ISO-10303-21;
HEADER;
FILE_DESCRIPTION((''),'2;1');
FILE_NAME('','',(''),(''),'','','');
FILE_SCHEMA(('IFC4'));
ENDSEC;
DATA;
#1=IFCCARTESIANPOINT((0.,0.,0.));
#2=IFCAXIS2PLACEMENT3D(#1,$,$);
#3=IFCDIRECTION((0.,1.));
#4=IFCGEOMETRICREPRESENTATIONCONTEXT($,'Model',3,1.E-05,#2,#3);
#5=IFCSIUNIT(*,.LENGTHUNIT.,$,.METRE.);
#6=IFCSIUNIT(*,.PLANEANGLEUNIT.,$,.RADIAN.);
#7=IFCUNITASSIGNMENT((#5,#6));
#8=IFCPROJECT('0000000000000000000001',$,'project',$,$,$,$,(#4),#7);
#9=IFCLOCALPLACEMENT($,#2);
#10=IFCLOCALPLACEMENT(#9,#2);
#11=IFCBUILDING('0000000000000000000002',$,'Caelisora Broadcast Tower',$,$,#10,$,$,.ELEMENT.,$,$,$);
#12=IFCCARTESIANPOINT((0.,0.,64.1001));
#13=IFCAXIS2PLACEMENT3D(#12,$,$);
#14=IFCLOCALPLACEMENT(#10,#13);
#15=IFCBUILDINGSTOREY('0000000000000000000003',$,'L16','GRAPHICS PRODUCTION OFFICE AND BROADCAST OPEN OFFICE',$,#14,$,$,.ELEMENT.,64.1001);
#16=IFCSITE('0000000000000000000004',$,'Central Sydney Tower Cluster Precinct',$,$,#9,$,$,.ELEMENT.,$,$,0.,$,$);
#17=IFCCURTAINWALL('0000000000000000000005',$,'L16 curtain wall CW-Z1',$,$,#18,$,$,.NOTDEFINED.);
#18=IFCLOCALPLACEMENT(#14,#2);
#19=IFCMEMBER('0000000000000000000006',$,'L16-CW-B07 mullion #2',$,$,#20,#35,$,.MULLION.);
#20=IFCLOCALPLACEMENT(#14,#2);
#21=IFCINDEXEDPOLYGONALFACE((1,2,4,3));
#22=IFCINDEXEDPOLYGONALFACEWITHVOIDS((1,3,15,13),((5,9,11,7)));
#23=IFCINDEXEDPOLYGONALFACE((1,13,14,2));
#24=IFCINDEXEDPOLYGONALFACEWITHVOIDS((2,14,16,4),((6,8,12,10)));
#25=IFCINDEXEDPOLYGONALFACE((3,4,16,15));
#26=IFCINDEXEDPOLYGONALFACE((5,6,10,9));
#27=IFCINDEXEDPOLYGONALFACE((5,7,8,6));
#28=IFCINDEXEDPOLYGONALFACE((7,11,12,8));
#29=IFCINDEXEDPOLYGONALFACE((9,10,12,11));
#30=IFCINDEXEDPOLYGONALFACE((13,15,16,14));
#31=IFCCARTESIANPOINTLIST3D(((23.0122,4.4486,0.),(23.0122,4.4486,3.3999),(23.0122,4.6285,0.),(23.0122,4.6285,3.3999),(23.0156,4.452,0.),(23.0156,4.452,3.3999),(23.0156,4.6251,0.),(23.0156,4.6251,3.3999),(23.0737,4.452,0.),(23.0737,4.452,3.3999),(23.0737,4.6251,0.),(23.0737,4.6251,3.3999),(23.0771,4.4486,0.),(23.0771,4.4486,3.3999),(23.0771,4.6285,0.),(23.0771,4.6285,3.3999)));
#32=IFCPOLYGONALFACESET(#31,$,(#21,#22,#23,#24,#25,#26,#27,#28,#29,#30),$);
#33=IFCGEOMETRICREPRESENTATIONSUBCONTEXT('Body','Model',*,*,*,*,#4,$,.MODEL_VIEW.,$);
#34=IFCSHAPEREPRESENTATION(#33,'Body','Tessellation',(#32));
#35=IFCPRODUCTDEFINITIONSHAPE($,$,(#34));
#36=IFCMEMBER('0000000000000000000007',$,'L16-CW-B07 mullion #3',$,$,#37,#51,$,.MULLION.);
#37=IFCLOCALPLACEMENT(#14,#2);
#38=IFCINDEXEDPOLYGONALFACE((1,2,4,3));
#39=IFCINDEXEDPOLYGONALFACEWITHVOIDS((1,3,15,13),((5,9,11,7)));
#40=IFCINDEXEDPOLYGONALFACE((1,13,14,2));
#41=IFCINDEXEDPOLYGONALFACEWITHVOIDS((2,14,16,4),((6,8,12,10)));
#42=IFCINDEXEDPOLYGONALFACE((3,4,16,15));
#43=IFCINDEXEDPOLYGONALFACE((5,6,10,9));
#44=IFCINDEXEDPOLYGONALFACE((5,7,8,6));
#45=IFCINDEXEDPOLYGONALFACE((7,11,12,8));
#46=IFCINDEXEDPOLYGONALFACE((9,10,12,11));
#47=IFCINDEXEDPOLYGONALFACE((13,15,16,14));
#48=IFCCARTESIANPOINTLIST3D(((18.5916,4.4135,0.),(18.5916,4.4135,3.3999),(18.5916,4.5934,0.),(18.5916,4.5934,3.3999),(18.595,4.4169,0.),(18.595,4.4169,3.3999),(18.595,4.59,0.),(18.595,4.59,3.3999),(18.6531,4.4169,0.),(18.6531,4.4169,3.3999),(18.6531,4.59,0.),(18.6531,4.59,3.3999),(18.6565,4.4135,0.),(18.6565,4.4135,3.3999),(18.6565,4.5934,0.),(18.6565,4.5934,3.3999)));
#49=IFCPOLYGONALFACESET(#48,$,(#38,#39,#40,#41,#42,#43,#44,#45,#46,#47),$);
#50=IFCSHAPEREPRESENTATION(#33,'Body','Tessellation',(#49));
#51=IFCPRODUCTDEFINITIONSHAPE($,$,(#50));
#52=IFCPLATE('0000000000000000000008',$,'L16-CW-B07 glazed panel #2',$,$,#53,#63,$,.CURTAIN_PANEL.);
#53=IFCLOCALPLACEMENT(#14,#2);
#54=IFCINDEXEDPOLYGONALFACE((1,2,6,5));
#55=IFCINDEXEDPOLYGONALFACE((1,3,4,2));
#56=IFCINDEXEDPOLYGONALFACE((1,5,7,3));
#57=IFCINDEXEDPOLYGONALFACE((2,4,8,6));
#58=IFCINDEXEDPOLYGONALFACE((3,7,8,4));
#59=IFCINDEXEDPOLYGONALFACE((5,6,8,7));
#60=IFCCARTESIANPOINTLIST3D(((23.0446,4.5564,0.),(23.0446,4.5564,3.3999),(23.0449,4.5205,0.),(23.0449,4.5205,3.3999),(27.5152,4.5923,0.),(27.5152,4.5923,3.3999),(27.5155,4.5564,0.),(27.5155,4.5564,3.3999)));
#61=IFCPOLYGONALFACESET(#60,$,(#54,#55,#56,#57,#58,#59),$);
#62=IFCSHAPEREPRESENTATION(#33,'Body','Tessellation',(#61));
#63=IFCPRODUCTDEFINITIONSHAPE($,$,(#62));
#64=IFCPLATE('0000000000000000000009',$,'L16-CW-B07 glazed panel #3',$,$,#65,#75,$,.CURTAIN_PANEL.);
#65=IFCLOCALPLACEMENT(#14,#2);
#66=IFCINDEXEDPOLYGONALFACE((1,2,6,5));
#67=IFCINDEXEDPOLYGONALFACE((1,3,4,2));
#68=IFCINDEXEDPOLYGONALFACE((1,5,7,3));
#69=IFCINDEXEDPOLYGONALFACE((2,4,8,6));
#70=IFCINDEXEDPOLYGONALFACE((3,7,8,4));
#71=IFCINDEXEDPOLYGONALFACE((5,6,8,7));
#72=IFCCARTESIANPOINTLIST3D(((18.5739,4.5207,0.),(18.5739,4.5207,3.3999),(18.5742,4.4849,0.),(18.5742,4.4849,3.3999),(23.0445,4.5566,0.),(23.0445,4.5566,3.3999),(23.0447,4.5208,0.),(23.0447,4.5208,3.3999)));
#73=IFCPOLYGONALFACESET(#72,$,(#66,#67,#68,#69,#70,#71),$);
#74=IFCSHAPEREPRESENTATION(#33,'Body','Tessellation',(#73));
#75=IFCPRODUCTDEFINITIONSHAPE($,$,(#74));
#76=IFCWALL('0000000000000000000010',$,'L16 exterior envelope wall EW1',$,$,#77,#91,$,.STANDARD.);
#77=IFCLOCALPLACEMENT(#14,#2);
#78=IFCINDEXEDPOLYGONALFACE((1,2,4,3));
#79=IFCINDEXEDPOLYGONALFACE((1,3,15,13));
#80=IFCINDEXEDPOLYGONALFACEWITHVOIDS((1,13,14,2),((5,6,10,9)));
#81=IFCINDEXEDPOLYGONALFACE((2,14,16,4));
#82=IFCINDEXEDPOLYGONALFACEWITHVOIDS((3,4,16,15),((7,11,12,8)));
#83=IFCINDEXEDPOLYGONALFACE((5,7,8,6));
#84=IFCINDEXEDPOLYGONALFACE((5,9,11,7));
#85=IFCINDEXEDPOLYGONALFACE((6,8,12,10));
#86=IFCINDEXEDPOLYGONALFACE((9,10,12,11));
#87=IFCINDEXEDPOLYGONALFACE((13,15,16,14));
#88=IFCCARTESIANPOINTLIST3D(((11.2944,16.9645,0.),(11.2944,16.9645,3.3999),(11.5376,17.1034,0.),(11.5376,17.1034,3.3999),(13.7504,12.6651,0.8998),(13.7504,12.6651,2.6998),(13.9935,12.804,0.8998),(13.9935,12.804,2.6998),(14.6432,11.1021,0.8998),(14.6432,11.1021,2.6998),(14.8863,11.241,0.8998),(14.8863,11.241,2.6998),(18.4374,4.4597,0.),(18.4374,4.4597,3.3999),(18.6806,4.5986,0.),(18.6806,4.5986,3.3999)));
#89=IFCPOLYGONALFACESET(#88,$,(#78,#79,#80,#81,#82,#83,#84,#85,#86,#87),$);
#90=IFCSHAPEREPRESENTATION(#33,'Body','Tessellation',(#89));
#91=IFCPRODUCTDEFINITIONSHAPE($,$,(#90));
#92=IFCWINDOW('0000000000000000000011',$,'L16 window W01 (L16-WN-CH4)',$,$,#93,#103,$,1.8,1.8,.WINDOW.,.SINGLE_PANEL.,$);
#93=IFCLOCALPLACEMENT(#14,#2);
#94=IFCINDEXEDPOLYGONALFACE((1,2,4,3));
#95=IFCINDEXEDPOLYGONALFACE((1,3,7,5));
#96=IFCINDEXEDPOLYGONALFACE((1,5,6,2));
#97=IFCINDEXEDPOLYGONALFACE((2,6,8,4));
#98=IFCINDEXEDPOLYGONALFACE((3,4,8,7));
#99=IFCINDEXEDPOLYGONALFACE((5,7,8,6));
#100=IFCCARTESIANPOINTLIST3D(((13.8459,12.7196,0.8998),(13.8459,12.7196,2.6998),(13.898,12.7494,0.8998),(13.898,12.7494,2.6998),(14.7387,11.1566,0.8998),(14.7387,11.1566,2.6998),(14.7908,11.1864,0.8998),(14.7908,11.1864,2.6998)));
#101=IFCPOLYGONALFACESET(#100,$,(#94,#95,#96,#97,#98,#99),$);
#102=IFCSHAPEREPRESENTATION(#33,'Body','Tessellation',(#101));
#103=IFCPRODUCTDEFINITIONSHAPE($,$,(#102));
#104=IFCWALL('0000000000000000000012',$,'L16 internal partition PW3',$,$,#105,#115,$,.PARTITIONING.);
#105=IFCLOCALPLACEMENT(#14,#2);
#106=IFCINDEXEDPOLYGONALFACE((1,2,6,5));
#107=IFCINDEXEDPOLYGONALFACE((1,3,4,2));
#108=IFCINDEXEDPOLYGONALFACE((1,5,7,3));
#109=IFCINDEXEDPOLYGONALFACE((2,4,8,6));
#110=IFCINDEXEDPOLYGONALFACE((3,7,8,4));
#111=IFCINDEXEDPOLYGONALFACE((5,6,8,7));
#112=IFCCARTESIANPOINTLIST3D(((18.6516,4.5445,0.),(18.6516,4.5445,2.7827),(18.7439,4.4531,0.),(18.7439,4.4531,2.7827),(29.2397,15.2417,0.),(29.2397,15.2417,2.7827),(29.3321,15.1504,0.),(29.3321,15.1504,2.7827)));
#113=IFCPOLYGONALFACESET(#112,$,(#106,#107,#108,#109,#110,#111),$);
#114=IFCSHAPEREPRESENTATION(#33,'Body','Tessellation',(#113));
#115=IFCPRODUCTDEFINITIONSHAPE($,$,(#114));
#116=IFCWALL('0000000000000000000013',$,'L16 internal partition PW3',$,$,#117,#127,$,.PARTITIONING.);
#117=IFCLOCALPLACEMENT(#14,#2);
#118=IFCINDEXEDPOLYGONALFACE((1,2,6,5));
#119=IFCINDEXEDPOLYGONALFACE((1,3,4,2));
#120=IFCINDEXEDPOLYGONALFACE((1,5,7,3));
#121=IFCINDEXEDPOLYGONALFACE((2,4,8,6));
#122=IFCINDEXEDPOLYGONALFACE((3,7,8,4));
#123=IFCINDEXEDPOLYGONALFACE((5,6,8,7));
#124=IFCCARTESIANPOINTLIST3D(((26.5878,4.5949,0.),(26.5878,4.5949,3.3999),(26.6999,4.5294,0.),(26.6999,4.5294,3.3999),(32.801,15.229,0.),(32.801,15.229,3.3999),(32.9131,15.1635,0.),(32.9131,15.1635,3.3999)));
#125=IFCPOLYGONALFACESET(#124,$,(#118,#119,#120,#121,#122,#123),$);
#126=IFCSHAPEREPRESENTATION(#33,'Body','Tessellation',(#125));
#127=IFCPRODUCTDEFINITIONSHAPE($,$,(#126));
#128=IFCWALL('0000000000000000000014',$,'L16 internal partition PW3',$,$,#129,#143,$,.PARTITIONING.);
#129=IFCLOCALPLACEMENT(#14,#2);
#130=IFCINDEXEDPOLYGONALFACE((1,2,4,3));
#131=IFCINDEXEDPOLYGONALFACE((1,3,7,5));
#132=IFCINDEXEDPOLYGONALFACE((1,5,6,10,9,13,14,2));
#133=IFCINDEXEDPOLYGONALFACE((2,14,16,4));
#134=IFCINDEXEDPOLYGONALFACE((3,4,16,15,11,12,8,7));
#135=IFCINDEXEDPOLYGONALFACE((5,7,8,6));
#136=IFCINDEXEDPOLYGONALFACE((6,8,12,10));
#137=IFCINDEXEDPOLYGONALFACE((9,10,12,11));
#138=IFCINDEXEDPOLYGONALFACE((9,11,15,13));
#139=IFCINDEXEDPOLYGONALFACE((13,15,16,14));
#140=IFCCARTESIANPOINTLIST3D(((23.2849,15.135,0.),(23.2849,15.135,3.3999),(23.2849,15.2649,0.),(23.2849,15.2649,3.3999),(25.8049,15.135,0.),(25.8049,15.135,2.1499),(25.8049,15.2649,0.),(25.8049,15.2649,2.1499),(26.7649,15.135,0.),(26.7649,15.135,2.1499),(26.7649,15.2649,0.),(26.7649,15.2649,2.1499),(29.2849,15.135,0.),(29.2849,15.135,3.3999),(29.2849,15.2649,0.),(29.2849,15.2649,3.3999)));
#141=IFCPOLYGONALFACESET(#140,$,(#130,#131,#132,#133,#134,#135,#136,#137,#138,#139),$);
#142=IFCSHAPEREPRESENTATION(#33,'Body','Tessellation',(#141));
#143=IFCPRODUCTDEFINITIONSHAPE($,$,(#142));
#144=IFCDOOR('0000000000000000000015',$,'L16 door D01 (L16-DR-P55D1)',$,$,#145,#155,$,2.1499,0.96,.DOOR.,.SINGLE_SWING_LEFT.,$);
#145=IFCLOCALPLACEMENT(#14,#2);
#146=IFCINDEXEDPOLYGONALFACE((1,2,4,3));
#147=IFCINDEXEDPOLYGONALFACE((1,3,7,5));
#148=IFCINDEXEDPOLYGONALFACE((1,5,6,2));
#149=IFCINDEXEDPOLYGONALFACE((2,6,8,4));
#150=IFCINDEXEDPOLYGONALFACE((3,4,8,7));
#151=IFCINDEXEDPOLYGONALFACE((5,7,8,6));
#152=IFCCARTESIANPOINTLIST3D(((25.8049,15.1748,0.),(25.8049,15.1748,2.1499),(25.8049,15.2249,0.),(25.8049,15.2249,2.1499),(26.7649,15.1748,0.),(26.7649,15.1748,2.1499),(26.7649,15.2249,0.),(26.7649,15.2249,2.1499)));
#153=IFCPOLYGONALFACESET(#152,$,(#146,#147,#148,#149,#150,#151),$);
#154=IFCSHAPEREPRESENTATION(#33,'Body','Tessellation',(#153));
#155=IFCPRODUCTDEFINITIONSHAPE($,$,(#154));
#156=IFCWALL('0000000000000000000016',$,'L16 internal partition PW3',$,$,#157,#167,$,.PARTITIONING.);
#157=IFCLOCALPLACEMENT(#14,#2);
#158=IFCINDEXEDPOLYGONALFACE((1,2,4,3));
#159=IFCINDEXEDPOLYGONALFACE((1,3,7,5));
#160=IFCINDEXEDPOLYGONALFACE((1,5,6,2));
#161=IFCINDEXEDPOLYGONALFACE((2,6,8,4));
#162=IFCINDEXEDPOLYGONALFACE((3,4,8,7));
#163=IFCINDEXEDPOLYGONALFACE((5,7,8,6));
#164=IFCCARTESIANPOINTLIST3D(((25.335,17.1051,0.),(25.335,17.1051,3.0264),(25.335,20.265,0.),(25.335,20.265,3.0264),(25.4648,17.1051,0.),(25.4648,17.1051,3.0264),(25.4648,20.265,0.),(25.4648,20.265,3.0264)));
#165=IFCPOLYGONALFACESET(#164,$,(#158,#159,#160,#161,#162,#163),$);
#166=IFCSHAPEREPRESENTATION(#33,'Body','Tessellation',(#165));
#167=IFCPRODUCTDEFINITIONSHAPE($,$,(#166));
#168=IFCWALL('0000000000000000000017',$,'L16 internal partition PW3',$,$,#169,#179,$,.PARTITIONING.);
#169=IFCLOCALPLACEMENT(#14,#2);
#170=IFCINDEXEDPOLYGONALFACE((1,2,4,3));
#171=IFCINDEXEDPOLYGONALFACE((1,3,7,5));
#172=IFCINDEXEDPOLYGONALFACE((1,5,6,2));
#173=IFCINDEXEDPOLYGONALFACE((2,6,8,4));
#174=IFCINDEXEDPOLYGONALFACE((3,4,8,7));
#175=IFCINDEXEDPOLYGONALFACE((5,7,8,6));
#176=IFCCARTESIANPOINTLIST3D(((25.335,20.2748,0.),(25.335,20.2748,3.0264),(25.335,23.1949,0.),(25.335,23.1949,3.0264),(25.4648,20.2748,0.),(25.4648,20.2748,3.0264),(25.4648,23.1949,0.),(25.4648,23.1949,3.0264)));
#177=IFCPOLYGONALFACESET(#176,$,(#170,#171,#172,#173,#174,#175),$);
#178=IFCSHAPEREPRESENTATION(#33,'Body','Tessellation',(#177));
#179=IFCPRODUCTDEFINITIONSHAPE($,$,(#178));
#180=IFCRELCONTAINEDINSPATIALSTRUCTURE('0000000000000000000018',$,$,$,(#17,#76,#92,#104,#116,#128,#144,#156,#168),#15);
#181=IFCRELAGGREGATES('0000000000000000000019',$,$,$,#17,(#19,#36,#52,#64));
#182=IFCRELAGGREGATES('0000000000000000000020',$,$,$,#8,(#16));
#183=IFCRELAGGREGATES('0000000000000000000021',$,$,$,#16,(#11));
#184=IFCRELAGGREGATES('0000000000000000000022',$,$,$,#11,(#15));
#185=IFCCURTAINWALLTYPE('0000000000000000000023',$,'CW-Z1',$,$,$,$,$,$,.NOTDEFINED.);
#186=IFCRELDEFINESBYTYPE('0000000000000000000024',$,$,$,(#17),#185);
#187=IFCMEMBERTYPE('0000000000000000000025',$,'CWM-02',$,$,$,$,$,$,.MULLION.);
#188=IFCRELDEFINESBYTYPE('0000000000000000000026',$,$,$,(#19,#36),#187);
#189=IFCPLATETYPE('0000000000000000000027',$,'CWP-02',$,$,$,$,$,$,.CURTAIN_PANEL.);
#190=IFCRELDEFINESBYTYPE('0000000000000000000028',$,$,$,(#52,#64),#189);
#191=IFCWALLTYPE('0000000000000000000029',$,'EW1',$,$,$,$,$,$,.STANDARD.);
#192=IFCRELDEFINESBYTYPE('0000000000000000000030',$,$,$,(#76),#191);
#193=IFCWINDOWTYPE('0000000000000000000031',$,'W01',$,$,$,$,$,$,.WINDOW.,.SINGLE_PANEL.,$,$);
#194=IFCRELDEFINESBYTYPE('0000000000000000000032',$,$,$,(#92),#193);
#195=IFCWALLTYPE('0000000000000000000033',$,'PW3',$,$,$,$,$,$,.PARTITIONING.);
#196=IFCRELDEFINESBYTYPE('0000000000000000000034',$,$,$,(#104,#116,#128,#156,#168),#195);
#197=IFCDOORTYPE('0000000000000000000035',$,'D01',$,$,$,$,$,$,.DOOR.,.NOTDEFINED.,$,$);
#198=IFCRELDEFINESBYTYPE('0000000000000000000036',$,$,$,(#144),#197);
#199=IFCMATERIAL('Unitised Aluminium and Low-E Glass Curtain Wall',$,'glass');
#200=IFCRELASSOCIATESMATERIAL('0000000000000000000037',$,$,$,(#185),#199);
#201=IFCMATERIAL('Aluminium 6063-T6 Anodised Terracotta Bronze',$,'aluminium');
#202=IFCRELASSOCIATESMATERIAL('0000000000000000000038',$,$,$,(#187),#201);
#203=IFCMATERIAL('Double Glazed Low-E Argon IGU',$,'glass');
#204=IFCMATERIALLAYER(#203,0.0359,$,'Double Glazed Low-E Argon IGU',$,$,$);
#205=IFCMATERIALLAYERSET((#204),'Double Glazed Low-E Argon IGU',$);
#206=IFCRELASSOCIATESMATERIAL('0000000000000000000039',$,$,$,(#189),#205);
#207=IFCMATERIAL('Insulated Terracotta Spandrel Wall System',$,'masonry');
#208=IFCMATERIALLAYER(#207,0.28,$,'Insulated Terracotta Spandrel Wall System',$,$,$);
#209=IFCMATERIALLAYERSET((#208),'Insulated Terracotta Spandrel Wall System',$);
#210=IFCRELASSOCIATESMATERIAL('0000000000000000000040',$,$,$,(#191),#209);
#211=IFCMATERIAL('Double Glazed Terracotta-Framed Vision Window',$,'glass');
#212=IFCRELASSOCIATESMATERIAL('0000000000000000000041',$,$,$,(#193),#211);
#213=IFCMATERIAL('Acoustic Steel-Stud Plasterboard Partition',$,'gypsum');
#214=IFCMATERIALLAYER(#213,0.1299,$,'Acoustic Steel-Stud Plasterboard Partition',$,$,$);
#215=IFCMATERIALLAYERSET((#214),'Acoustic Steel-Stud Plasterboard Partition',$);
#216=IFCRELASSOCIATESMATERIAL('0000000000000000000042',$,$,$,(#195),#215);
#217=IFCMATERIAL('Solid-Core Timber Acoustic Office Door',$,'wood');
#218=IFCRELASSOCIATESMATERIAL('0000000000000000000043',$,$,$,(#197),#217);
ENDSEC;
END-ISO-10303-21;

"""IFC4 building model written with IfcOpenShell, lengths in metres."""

from ifc_helpers import new_model, si_unit, direction, frame, frame_2d, origin, origin_2d, place, context, subcontext, project, spatial, rectangle, hollow_rectangle, extrude, source, transform, mapped, material, layer, layer_set, material_profile, profile_set, type_object, type_shapes, element, fill, aggregate, save


model = new_model("IFC4")

# Units and contexts
model_context = context("Model", 3, precision=1e-05, world=origin(), true_north=direction((0.0, 1.0)))
body_context = subcontext(model_context, "Body", "Model", "MODEL_VIEW")
ifc_project = project(units=[si_unit("LENGTHUNIT", "METRE"), si_unit("PLANEANGLEUNIT", "RADIAN")], contexts=[model_context])

# Site, building, storey
site_placement = place(None, origin())
site = spatial("IfcSite", under=ifc_project, at=site_placement, Name="Central Sydney Tower Cluster Precinct", CompositionType="ELEMENT", RefElevation=0.0)
building_placement = place(site_placement, origin())
building = spatial("IfcBuilding", under=site, at=building_placement, Name="Caelisora Broadcast Tower", CompositionType="ELEMENT")
storey_placement = place(building_placement, frame((0.0, 0.0, 64.1001)))
storey = spatial("IfcBuildingStorey", under=building, at=storey_placement, Name="L16", Description="GRAPHICS PRODUCTION OFFICE AND BROADCAST OPEN OFFICE", CompositionType="ELEMENT", Elevation=64.1001)

# Curtain wall, members, plates
ifc_material_1 = material(Name="Unitised Aluminium and Low-E Glass Curtain Wall", Category="glass")
curtain_wall_type = type_object("IfcCurtainWallType", Name="CW-Z1", PredefinedType="NOTDEFINED", material=ifc_material_1)
curtain_wall_placement = place(storey_placement, origin())
curtain_wall = element("IfcCurtainWall", 1, at=curtain_wall_placement, inside=storey, type_object=curtain_wall_type, Name="L16 curtain wall CW-Z1", PredefinedType="NOTDEFINED")
ifc_material_2 = material(Name="Aluminium 6063-T6 Anodised Terracotta Bronze", Category="aluminium")
ifc_material_profile_1 = material_profile(ifc_material_2, hollow_rectangle(XDim=0.0649, YDim=0.1799, WallThickness=0.0034, at=origin_2d()), Name="Aluminium 6063-T6 Anodised Terracotta Bronze")
ifc_profile_set_1 = profile_set([ifc_material_profile_1], Name="Aluminium 6063-T6 Anodised Terracotta Bronze")
member_type = type_object("IfcMemberType", Name="CWM-02", PredefinedType="MULLION", material=ifc_profile_set_1)
shared_shape_1 = source(origin(), body_context, "Body", "SweptSolid", [
    extrude(hollow_rectangle(XDim=0.0649, YDim=0.1799, WallThickness=0.0034, at=origin_2d()), origin(), (0.0, 0.0, 1.0), 3.3999),
])
type_shapes(member_type, [shared_shape_1])
member_1_placement = place(storey_placement, frame((23.0447, 4.5386, 0.0), z_axis=(0.0, 0.0, 1.0), x_axis=(1.0, 0.0, 0.0)))
member_1 = element("IfcMember", 2, at=member_1_placement, type_object=member_type, Name="L16-CW-B07 mullion #2", PredefinedType="MULLION", context=body_context, shape_type="MappedRepresentation", body=[
    mapped(shared_shape_1, transform((0.0, 0.0, 0.0), scale=1.0)),
])
member_2_placement = place(storey_placement, frame((18.624, 4.5034, 0.0), z_axis=(0.0, 0.0, 1.0), x_axis=(1.0, 0.0, 0.0)))
member_2 = element("IfcMember", 3, at=member_2_placement, type_object=member_type, Name="L16-CW-B07 mullion #3", PredefinedType="MULLION", context=body_context, shape_type="MappedRepresentation", body=[
    mapped(shared_shape_1, transform((0.0, 0.0, 0.0), scale=1.0)),
])
ifc_material_3 = material(Name="Double Glazed Low-E Argon IGU", Category="glass")
ifc_layer_1 = layer(ifc_material_3, 0.0359, Name="Double Glazed Low-E Argon IGU")
ifc_layer_set_1 = layer_set([ifc_layer_1], Name="Double Glazed Low-E Argon IGU")
plate_type = type_object("IfcPlateType", Name="CWP-02", PredefinedType="CURTAIN_PANEL", material=ifc_layer_set_1)
shared_shape_2 = source(origin(), body_context, "Body", "SweptSolid", [
    extrude(rectangle(XDim=4.4707, YDim=0.0359, at=origin_2d()), origin(), (0.0, 0.0, 1.0), 3.3999),
])
type_shapes(plate_type, [shared_shape_2])
plate_1_placement = place(storey_placement, frame((25.28, 4.5564, 0.0), z_axis=(0.0, 0.0, 1.0), x_axis=(-0.999968, -0.008028, 0.0)))
plate_1 = element("IfcPlate", 4, at=plate_1_placement, type_object=plate_type, Name="L16-CW-B07 glazed panel #2", PredefinedType="CURTAIN_PANEL", context=body_context, shape_type="MappedRepresentation", body=[
    mapped(shared_shape_2, transform((0.0, 0.0, 0.0), scale=1.0)),
])
plate_2_placement = place(storey_placement, frame((20.8093, 4.5208, 0.0), z_axis=(0.0, 0.0, 1.0), x_axis=(-0.999968, -0.008028, 0.0)))
plate_2 = element("IfcPlate", 5, at=plate_2_placement, type_object=plate_type, Name="L16-CW-B07 glazed panel #3", PredefinedType="CURTAIN_PANEL", context=body_context, shape_type="MappedRepresentation", body=[
    mapped(shared_shape_2, transform((0.0, 0.0, 0.0), scale=1.0)),
])
aggregate(curtain_wall, [member_1, member_2, plate_1, plate_2])

# Wall, opening, window
ifc_material_4 = material(Name="Insulated Terracotta Spandrel Wall System", Category="masonry")
ifc_layer_2 = layer(ifc_material_4, 0.28, Name="Insulated Terracotta Spandrel Wall System")
ifc_layer_set_2 = layer_set([ifc_layer_2], Name="Insulated Terracotta Spandrel Wall System")
wall_type_1 = type_object("IfcWallType", Name="EW1", PredefinedType="STANDARD", material=ifc_layer_set_2)
wall_1_placement = place(storey_placement, frame((18.5591, 4.5291, 0.0), z_axis=(0.0, 0.0, 1.0), x_axis=(-0.496004, 0.86832, 0.0)))
wall_1 = element("IfcWall", 6, at=wall_1_placement, inside=storey, type_object=wall_type_1, Name="L16 exterior envelope wall EW1", PredefinedType="STANDARD", context=body_context, shape_type="SweptSolid", body=[
    extrude(rectangle(XDim=14.4011, YDim=0.28, at=frame_2d((7.2007, 0.0))), origin(), (0.0, 0.0, 1.0), 3.3999),
])
opening_1_placement = place(wall_1_placement, frame((7.6499, 0.0, 0.8999)))
opening_1 = element("IfcOpeningElement", 7, at=opening_1_placement, cuts=wall_1, PredefinedType="OPENING", context=body_context, shape_type="SweptSolid", body=[
    extrude(rectangle(XDim=1.8, YDim=1.8, at=frame_2d((0.8999, 0.8999))), frame((0.0, 0.1521, 0.0), z_axis=(0.0, -1.0, 0.0), x_axis=(1.0, 0.0, 0.0)), (0.0, 0.0, 1.0), 0.304),
])
ifc_material_5 = material(Name="Double Glazed Terracotta-Framed Vision Window", Category="glass")
window_type = type_object("IfcWindowType", Name="W01", PartitioningType="SINGLE_PANEL", PredefinedType="WINDOW", material=ifc_material_5)
window_placement = place(opening_1_placement, origin())
window = element("IfcWindow", 8, at=window_placement, inside=storey, type_object=window_type, Name="L16 window W01 (L16-WN-CH4)", OverallHeight=1.8, OverallWidth=1.8, PartitioningType="SINGLE_PANEL", PredefinedType="WINDOW", context=body_context, shape_type="SweptSolid", body=[
    extrude(rectangle(XDim=1.8, YDim=1.8, at=frame_2d((0.8999, 0.8999))), frame((0.0, 0.03, 0.0), z_axis=(0.0, -1.0, 0.0), x_axis=(1.0, 0.0, 0.0)), (0.0, 0.0, 1.0), 0.0601),
])
fill(opening_1, window)

# Walls
ifc_material_6 = material(Name="Acoustic Steel-Stud Plasterboard Partition", Category="gypsum")
ifc_layer_3 = layer(ifc_material_6, 0.1299, Name="Acoustic Steel-Stud Plasterboard Partition")
ifc_layer_set_3 = layer_set([ifc_layer_3], Name="Acoustic Steel-Stud Plasterboard Partition")
wall_type_2 = type_object("IfcWallType", Name="PW3", PredefinedType="PARTITIONING", material=ifc_layer_set_3)
wall_2_placement = place(storey_placement, frame((18.6978, 4.4988, 0.0), z_axis=(0.0, 0.0, 1.0), x_axis=(0.703472, 0.710723, 0.0)))
element("IfcWall", 9, at=wall_2_placement, inside=storey, type_object=wall_type_2, Name="L16 internal partition PW3", PredefinedType="PARTITIONING", context=body_context, shape_type="SweptSolid", body=[
    extrude(rectangle(XDim=15.0513, YDim=0.1299, at=frame_2d((7.5256, 0.0))), origin(), (0.0, 0.0, 1.0), 2.7827),
])
wall_3_placement = place(storey_placement, frame((26.6438, 4.562, 0.0), z_axis=(0.0, 0.0, 1.0), x_axis=(0.504474, 0.863427, 0.0)))
element("IfcWall", 10, at=wall_3_placement, inside=storey, type_object=wall_type_2, Name="L16 internal partition PW3", PredefinedType="PARTITIONING", context=body_context, shape_type="SweptSolid", body=[
    extrude(rectangle(XDim=12.3162, YDim=0.1299, at=frame_2d((6.1582, 0.0))), origin(), (0.0, 0.0, 1.0), 3.3999),
])

# Wall, opening, door
wall_4_placement = place(storey_placement, frame((23.2849, 15.2, 0.0), z_axis=(0.0, 0.0, 1.0), x_axis=(1.0, 0.0, 0.0)))
wall_4 = element("IfcWall", 11, at=wall_4_placement, inside=storey, type_object=wall_type_2, Name="L16 internal partition PW3", PredefinedType="PARTITIONING", context=body_context, shape_type="SweptSolid", body=[
    extrude(rectangle(XDim=6.0, YDim=0.1299, at=frame_2d((3.0, 0.0))), origin(), (0.0, 0.0, 1.0), 3.3999),
])
opening_2_placement = place(wall_4_placement, frame((2.52, 0.0, 0.0)))
opening_2 = element("IfcOpeningElement", 12, at=opening_2_placement, cuts=wall_4, PredefinedType="OPENING", context=body_context, shape_type="SweptSolid", body=[
    extrude(rectangle(XDim=0.96, YDim=2.1499, at=frame_2d((0.48, 1.075))), frame((0.0, 0.0769, 0.0), z_axis=(0.0, -1.0, 0.0), x_axis=(1.0, 0.0, 0.0)), (0.0, 0.0, 1.0), 0.1538),
])
ifc_material_7 = material(Name="Solid-Core Timber Acoustic Office Door", Category="wood")
door_type_1 = type_object("IfcDoorType", Name="D01", OperationType="NOTDEFINED", PredefinedType="DOOR", material=ifc_material_7)
door_1_placement = place(opening_2_placement, origin())
door_1 = element("IfcDoor", 13, at=door_1_placement, inside=storey, type_object=door_type_1, Name="L16 door D01 (L16-DR-P55D1)", OperationType="SINGLE_SWING_LEFT", OverallHeight=2.1499, OverallWidth=0.96, PredefinedType="DOOR", context=body_context, shape_type="SweptSolid", body=[
    extrude(rectangle(XDim=0.96, YDim=2.1499, at=frame_2d((0.48, 1.075))), frame((0.0, 0.0249, 0.0), z_axis=(0.0, -1.0, 0.0), x_axis=(1.0, 0.0, 0.0)), (0.0, 0.0, 1.0), 0.05),
])
fill(opening_2, door_1)

# Walls
wall_5_placement = place(storey_placement, frame((25.3999, 17.105, 0.0), z_axis=(0.0, 0.0, 1.0), x_axis=(0.0, 1.0, 0.0)))
element("IfcWall", 14, at=wall_5_placement, inside=storey, type_object=wall_type_2, Name="L16 internal partition PW3", PredefinedType="PARTITIONING", context=body_context, shape_type="SweptSolid", body=[
    extrude(rectangle(XDim=3.1599, YDim=0.1299, at=frame_2d((1.5801, 0.0))), origin(), (0.0, 0.0, 1.0), 3.0264),
])
wall_6_placement = place(storey_placement, frame((25.3999, 20.2749, 0.0), z_axis=(0.0, 0.0, 1.0), x_axis=(0.0, 1.0, 0.0)))
element("IfcWall", 15, at=wall_6_placement, inside=storey, type_object=wall_type_2, Name="L16 internal partition PW3", PredefinedType="PARTITIONING", context=body_context, shape_type="SweptSolid", body=[
    extrude(rectangle(XDim=2.9202, YDim=0.1299, at=frame_2d((1.46, 0.0))), origin(), (0.0, 0.0, 1.0), 3.0264),
])

save(model, "model.ifc")
